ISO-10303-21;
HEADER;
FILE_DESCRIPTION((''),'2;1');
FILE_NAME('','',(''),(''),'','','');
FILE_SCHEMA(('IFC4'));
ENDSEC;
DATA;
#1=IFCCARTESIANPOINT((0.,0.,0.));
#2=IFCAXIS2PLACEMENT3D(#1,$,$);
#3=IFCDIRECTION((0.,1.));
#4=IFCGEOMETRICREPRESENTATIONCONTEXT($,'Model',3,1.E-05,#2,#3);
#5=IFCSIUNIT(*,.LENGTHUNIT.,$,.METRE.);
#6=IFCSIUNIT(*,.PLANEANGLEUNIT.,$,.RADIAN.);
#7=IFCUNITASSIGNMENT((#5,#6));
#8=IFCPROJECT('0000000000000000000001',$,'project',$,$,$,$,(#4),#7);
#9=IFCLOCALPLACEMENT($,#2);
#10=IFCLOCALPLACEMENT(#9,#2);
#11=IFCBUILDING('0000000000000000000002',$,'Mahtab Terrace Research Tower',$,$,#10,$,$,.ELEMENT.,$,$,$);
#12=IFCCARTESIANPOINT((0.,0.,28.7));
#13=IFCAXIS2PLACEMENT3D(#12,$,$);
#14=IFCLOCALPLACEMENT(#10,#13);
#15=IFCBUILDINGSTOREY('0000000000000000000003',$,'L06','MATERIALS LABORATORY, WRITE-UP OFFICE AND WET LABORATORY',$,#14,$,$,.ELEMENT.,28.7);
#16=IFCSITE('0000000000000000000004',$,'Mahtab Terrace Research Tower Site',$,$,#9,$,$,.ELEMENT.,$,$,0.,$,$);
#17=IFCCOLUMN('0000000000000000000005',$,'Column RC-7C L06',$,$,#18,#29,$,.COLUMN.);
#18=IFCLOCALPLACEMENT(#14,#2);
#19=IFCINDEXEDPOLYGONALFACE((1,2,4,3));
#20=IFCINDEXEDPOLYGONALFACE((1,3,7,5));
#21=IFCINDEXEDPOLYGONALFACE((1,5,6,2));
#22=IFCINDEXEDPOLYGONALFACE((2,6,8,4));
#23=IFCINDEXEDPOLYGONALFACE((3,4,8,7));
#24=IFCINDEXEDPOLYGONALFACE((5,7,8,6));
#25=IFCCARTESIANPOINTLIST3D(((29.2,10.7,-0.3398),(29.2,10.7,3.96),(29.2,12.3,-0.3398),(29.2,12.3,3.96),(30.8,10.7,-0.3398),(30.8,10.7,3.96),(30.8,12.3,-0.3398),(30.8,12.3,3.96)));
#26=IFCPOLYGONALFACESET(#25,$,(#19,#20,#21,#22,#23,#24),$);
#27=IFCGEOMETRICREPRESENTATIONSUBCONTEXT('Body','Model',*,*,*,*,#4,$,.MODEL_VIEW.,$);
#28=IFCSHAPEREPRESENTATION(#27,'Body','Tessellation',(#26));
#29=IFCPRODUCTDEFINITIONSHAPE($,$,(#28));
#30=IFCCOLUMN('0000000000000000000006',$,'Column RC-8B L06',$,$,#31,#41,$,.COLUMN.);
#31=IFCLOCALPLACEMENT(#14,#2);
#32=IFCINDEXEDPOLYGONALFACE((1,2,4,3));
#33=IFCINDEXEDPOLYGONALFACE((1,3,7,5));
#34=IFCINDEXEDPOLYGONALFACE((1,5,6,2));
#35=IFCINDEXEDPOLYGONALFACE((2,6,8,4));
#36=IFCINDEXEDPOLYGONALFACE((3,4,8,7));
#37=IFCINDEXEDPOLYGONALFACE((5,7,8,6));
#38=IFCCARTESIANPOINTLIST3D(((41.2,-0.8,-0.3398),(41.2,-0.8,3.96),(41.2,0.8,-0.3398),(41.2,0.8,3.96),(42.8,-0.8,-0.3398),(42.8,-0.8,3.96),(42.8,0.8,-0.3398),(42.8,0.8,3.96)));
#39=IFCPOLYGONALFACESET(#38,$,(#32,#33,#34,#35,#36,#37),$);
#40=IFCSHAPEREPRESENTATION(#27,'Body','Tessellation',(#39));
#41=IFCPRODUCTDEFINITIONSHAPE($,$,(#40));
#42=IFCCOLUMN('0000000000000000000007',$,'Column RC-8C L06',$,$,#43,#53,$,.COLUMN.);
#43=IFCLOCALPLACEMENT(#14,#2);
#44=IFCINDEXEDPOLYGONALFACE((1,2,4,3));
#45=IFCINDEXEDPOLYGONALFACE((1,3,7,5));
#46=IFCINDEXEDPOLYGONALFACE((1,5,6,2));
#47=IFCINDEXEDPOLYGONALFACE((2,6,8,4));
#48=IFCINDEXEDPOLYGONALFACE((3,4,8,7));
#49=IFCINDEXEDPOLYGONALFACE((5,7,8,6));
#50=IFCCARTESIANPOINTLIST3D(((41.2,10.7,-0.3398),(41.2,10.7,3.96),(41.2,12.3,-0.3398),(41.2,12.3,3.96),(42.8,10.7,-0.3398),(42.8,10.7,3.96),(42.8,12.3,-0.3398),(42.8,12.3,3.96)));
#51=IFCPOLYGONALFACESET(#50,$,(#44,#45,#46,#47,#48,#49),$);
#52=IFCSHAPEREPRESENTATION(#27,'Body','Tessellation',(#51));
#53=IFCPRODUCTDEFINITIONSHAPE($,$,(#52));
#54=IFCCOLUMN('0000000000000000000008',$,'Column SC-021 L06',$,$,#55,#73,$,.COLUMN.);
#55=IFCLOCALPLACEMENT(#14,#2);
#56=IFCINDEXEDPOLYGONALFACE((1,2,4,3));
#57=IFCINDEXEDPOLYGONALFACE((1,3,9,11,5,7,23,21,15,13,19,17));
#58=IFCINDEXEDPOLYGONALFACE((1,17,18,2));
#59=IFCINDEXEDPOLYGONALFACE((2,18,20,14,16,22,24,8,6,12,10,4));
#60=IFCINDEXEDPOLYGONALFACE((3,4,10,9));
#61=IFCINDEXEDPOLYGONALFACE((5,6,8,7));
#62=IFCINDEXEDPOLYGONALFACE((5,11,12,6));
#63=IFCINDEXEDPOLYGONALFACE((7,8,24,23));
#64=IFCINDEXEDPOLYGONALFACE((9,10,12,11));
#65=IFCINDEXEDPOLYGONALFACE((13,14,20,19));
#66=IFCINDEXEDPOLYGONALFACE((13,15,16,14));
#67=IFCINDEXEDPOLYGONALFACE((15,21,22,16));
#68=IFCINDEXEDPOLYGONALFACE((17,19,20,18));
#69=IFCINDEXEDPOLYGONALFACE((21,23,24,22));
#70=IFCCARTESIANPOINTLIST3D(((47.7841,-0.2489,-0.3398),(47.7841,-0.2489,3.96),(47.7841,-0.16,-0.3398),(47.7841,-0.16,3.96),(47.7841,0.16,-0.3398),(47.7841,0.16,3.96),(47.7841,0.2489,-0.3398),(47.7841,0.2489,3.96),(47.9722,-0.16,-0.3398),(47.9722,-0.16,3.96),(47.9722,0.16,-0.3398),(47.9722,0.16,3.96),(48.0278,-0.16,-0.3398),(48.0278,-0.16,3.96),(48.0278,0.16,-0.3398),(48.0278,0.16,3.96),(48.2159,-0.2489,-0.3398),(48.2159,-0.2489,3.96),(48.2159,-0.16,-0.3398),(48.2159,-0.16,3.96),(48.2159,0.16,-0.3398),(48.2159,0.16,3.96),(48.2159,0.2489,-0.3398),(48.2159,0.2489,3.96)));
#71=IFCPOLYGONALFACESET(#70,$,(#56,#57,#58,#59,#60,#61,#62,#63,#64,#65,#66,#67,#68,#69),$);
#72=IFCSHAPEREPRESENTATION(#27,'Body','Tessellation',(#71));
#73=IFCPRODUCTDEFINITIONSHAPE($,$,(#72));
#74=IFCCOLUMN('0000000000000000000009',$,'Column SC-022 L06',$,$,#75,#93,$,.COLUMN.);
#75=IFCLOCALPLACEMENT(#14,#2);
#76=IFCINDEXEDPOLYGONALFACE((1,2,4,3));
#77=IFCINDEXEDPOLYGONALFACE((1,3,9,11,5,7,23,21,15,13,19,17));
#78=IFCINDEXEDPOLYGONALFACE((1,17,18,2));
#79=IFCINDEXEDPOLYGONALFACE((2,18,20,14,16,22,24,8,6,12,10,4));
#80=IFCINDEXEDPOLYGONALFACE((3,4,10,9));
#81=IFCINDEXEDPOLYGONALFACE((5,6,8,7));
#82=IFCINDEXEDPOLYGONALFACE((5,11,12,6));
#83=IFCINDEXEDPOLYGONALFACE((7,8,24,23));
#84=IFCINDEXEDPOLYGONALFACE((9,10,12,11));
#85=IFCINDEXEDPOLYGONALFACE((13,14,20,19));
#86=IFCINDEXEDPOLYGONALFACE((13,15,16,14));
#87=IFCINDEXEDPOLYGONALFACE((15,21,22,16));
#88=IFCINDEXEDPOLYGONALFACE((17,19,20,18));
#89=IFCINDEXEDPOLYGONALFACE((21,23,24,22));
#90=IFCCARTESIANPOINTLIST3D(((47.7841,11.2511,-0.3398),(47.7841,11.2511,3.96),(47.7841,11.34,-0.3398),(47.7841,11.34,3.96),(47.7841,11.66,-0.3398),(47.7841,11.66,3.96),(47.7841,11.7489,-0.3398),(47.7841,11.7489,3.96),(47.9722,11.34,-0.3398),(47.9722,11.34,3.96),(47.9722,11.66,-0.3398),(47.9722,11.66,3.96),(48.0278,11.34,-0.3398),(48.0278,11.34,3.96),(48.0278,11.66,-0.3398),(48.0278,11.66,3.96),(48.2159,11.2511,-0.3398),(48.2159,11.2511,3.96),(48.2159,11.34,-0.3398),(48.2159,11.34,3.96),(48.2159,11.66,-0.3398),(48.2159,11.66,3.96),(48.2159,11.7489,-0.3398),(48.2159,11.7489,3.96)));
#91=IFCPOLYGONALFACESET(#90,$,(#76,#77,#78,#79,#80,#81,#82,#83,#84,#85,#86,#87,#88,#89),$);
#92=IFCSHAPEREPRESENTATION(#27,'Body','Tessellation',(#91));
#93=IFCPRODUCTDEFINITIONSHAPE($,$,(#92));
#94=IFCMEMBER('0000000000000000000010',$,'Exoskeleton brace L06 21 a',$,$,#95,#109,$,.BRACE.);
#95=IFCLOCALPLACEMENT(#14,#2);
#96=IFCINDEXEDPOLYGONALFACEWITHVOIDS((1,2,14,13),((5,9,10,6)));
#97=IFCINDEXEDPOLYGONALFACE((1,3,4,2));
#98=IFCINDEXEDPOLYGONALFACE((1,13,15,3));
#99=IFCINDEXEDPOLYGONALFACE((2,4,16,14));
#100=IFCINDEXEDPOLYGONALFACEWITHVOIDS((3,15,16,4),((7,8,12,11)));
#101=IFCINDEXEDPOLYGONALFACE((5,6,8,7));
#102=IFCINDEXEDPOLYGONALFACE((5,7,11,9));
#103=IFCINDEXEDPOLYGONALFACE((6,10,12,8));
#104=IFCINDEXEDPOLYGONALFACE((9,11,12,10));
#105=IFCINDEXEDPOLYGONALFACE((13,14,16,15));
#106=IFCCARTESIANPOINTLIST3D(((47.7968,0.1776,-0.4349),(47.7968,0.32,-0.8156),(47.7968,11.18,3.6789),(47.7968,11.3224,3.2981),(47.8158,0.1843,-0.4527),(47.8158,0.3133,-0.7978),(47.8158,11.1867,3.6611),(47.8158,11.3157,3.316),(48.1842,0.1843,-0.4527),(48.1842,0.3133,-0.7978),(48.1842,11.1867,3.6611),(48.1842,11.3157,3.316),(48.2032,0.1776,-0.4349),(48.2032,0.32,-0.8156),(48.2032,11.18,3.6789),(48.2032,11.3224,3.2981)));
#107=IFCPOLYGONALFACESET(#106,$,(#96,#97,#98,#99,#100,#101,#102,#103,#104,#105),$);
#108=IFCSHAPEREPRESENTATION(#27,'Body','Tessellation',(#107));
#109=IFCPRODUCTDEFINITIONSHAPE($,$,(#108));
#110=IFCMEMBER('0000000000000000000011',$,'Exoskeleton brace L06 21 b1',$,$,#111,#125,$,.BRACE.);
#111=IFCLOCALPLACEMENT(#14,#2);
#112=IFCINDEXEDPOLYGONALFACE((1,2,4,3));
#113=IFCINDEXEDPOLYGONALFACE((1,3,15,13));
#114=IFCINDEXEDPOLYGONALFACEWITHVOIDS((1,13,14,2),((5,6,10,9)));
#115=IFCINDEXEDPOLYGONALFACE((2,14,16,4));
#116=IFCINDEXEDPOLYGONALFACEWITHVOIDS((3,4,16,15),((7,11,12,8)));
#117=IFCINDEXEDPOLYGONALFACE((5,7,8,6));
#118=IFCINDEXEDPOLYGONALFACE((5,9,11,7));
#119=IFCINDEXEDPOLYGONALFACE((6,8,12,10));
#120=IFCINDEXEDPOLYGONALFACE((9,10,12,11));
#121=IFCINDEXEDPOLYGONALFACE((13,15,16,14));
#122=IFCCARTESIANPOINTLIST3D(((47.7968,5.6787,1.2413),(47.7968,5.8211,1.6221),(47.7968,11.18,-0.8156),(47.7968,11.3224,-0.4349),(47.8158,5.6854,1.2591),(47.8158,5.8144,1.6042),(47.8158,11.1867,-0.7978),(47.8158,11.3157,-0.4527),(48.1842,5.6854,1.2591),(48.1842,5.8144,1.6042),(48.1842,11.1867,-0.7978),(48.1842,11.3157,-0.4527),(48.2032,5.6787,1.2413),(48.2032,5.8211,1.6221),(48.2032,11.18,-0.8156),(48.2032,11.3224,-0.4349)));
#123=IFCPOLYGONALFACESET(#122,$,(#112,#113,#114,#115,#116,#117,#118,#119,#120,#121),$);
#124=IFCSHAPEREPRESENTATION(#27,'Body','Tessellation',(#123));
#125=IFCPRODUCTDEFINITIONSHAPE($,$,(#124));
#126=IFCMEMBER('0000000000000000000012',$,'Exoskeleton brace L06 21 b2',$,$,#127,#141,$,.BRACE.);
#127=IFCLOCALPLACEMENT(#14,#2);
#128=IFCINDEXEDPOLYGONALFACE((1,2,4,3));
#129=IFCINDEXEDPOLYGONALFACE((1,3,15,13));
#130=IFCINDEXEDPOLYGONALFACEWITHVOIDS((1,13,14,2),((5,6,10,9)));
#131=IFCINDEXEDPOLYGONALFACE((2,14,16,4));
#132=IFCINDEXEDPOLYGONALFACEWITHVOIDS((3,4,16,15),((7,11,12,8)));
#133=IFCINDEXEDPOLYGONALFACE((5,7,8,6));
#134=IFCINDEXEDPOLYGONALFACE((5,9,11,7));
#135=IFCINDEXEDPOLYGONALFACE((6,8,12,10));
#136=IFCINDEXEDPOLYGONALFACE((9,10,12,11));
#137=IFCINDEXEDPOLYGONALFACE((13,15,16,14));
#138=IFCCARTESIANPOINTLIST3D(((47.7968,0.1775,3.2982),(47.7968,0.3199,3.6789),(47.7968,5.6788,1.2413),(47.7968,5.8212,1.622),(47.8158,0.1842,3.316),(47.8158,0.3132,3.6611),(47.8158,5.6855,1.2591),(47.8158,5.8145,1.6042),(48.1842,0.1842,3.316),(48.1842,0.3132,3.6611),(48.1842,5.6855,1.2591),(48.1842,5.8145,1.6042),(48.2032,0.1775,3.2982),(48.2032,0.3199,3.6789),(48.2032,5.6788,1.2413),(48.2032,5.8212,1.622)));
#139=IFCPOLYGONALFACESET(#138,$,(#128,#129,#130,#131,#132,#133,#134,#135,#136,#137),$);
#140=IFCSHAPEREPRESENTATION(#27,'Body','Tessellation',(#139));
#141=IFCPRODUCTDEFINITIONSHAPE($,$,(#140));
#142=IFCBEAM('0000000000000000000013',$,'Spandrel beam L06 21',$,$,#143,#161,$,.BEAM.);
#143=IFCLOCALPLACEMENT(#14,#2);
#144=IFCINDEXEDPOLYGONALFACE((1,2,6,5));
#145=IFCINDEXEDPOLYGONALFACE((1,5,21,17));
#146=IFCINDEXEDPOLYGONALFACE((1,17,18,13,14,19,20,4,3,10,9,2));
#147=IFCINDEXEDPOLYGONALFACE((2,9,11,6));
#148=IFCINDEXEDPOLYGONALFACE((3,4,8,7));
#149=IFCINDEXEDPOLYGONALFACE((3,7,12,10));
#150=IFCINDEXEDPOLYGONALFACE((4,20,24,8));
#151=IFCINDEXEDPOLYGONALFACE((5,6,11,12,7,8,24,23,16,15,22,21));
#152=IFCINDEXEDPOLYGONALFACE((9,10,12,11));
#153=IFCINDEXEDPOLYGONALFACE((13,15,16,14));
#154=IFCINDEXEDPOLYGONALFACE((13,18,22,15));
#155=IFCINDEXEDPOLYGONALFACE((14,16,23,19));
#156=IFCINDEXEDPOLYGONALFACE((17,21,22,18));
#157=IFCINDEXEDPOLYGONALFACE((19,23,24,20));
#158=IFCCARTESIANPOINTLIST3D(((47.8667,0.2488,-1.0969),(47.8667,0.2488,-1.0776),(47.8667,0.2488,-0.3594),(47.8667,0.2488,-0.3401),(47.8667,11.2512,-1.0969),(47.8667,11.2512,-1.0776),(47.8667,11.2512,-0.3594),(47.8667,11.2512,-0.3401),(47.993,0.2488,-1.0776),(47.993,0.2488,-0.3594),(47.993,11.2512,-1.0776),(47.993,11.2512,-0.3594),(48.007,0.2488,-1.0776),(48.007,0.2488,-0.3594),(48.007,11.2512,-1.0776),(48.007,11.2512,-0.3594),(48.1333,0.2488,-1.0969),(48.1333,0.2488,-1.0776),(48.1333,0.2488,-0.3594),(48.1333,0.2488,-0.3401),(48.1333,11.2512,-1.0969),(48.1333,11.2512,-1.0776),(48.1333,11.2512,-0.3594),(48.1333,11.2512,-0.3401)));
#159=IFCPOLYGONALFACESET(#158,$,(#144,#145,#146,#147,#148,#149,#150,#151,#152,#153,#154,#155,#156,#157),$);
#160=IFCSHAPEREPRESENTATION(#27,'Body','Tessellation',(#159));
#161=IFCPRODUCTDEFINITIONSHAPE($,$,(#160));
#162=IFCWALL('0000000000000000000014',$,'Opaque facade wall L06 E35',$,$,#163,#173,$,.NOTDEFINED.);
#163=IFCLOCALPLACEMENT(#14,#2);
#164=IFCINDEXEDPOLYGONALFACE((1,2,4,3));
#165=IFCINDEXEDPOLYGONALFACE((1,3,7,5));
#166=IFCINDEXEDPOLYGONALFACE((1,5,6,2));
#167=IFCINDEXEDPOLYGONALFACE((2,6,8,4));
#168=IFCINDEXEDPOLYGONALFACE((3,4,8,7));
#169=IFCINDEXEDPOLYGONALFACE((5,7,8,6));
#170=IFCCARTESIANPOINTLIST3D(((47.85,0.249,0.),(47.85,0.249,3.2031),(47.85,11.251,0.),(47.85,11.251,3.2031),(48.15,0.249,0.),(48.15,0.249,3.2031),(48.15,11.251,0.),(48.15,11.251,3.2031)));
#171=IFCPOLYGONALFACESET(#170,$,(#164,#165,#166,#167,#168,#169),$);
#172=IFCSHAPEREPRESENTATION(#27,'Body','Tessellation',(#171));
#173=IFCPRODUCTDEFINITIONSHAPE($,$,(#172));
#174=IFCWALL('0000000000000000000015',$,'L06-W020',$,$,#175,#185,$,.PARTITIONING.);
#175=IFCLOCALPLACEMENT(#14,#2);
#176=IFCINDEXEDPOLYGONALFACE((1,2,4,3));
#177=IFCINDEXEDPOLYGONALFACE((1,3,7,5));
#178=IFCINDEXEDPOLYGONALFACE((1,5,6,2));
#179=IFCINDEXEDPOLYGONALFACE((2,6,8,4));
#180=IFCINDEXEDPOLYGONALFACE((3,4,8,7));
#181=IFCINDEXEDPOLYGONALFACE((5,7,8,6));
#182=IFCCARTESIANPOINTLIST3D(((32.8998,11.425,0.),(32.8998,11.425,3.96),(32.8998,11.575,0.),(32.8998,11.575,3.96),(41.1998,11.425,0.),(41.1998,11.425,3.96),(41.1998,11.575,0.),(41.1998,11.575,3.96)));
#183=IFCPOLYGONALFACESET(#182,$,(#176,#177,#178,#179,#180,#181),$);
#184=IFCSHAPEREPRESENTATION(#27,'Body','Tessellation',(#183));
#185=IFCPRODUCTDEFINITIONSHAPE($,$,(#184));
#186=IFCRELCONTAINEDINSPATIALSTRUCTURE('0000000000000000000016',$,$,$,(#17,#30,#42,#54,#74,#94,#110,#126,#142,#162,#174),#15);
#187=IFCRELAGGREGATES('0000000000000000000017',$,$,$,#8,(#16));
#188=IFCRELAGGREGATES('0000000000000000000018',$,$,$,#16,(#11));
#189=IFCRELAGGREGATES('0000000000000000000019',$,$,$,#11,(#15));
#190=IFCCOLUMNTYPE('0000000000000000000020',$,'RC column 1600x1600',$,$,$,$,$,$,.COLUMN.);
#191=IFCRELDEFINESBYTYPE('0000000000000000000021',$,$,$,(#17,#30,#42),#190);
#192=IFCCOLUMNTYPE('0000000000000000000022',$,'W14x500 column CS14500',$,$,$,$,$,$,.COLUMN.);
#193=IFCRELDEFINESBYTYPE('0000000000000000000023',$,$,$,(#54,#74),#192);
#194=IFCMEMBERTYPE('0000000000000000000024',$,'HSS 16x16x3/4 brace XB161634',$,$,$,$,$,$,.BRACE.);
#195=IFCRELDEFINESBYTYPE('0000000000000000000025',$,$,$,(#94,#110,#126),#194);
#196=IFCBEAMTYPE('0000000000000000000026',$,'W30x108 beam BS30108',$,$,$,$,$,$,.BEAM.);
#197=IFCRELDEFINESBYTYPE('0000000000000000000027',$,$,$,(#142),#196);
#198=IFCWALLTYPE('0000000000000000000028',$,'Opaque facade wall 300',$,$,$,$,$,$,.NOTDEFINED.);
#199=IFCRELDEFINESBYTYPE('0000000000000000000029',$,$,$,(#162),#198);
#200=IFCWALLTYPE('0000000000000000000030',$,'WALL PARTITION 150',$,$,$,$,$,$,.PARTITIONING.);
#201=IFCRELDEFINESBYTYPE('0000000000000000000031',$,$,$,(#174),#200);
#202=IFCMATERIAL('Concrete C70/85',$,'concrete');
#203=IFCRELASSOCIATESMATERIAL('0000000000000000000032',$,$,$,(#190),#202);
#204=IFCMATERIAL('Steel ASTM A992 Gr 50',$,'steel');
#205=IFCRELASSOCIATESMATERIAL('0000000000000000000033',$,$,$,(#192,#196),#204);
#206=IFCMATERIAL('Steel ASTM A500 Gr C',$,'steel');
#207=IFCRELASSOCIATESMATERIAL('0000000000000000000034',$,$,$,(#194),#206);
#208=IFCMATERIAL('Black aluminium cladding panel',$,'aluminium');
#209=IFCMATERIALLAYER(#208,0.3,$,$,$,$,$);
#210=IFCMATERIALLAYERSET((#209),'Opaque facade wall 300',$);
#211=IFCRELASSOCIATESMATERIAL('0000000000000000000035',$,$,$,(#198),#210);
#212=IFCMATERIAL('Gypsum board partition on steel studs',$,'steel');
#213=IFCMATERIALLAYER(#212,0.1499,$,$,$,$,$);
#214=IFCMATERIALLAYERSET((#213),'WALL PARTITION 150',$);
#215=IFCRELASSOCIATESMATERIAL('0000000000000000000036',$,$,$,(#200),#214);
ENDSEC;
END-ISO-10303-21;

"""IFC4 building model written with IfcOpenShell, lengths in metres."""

from ifc_helpers import new_model, si_unit, direction, frame, frame_2d, origin, origin_2d, place, context, subcontext, project, spatial, rectangle, hollow_rectangle, i_section, extrude, material, layer, layer_set, material_profile, profile_set, type_object, element, save


model = new_model("IFC4")

# Units and contexts
model_context = context("Model", 3, precision=1e-05, world=origin(), true_north=direction((0.0, 1.0)))
body_context = subcontext(model_context, "Body", "Model", "MODEL_VIEW")
ifc_project = project(units=[si_unit("LENGTHUNIT", "METRE"), si_unit("PLANEANGLEUNIT", "RADIAN")], contexts=[model_context])

# Site, building, storey
site_placement = place(None, origin())
site = spatial("IfcSite", under=ifc_project, at=site_placement, Name="Mahtab Terrace Research Tower Site", CompositionType="ELEMENT", RefElevation=0.0)
building_placement = place(site_placement, origin())
building = spatial("IfcBuilding", under=site, at=building_placement, Name="Mahtab Terrace Research Tower", CompositionType="ELEMENT")
storey_placement = place(building_placement, frame((0.0, 0.0, 28.7)))
storey = spatial("IfcBuildingStorey", under=building, at=storey_placement, Name="L06", Description="MATERIALS LABORATORY, WRITE-UP OFFICE AND WET LABORATORY", CompositionType="ELEMENT", Elevation=28.7)

# Columns
ifc_material_1 = material(Name="Concrete C70/85", Category="concrete")
ifc_material_profile_1 = material_profile(ifc_material_1, rectangle(XDim=1.6001, YDim=1.6001, at=origin_2d()), Name="RC column 1600x1600")
ifc_profile_set_1 = profile_set([ifc_material_profile_1], Name="Concrete C70/85")
column_type_1 = type_object("IfcColumnType", Name="RC column 1600x1600", PredefinedType="COLUMN", material=ifc_profile_set_1)
for number, where, z_axis, x_axis, name in (
    (1, (30.0, 11.5, -0.3398), (0.0, 0.0, 1.0), (1.0, 0.0, 0.0), "Column RC-7C L06"),
    (2, (42.0, 0.0, -0.3398), (0.0, 0.0, 1.0), (1.0, 0.0, 0.0), "Column RC-8B L06"),
    (3, (42.0, 11.5, -0.3398), (0.0, 0.0, 1.0), (1.0, 0.0, 0.0), "Column RC-8C L06"),
):
    element("IfcColumn", number, at=place(storey_placement, frame(where, z_axis=z_axis, x_axis=x_axis)), inside=storey, type_object=column_type_1, Name=name, PredefinedType="COLUMN", context=body_context, shape_type="SweptSolid", body=[
        extrude(rectangle(XDim=1.6001, YDim=1.6001, at=origin_2d()), origin(), (0.0, 0.0, 1.0), 4.2998),
    ])
ifc_material_2 = material(Name="Steel ASTM A992 Gr 50", Category="steel")
ifc_material_profile_2 = material_profile(ifc_material_2, i_section(OverallWidth=0.4319, OverallDepth=0.4978, WebThickness=0.0557, FlangeThickness=0.0889, at=origin_2d()), Name="W14X500")
ifc_profile_set_2 = profile_set([ifc_material_profile_2], Name="Steel ASTM A992 Gr 50")
column_type_2 = type_object("IfcColumnType", Name="W14x500 column CS14500", PredefinedType="COLUMN", material=ifc_profile_set_2)
for number, where, z_axis, x_axis, name in (
    (4, (48.0, 0.0, -0.3398), (0.0, 0.0, 1.0), (1.0, 0.0, 0.0), "Column SC-021 L06"),
    (5, (48.0, 11.5, -0.3398), (0.0, 0.0, 1.0), (1.0, 0.0, 0.0), "Column SC-022 L06"),
):
    element("IfcColumn", number, at=place(storey_placement, frame(where, z_axis=z_axis, x_axis=x_axis)), inside=storey, type_object=column_type_2, Name=name, PredefinedType="COLUMN", context=body_context, shape_type="SweptSolid", body=[
        extrude(i_section(OverallWidth=0.4319, OverallDepth=0.4978, WebThickness=0.0557, FlangeThickness=0.0889, at=origin_2d()), origin(), (0.0, 0.0, 1.0), 4.2998),
    ])

# Members
ifc_material_3 = material(Name="Steel ASTM A500 Gr C", Category="steel")
ifc_material_profile_3 = material_profile(ifc_material_3, hollow_rectangle(XDim=0.4065, YDim=0.4065, WallThickness=0.019, at=origin_2d()), Name="HSS16X16X3/4")
ifc_profile_set_3 = profile_set([ifc_material_profile_3], Name="Steel ASTM A500 Gr C")
member_type = type_object("IfcMemberType", Name="HSS 16x16x3/4 brace XB161634", PredefinedType="BRACE", material=ifc_profile_set_3)
member_placement = place(storey_placement, frame((48.0, 0.2488, -0.6252), z_axis=(0.0, 0.936669, 0.350217), x_axis=(-1.0, 0.0, 0.0)))
element("IfcMember", 6, at=member_placement, inside=storey, type_object=member_type, Name="Exoskeleton brace L06 21 a", PredefinedType="BRACE", context=body_context, shape_type="SweptSolid", body=[
    extrude(hollow_rectangle(XDim=0.4065, YDim=0.4065, WallThickness=0.019, at=origin_2d()), origin(), (0.0, 0.0, 1.0), 11.7463),
])
for number, where, z_axis, x_axis, name in (
    (7, (48.0, 11.2512, -0.6252), (0.0, -0.936669, 0.350217), (1.0, 0.0, 0.0), "Exoskeleton brace L06 21 b1"),
    (8, (48.0, 5.75, 1.4316), (0.0, -0.936669, 0.350217), (1.0, 0.0, 0.0), "Exoskeleton brace L06 21 b2"),
):
    element("IfcMember", number, at=place(storey_placement, frame(where, z_axis=z_axis, x_axis=x_axis)), inside=storey, type_object=member_type, Name=name, PredefinedType="BRACE", context=body_context, shape_type="SweptSolid", body=[
        extrude(hollow_rectangle(XDim=0.4065, YDim=0.4065, WallThickness=0.019, at=origin_2d()), origin(), (0.0, 0.0, 1.0), 5.8733),
    ])

# Beam
ifc_material_profile_4 = material_profile(ifc_material_2, i_section(OverallWidth=0.2666, OverallDepth=0.7568, WebThickness=0.0139, FlangeThickness=0.0193, at=origin_2d()), Name="W30X108")
ifc_profile_set_4 = profile_set([ifc_material_profile_4], Name="Steel ASTM A992 Gr 50")
beam_type = type_object("IfcBeamType", Name="W30x108 beam BS30108", PredefinedType="BEAM", material=ifc_profile_set_4)
beam_placement = place(storey_placement, frame((48.0, 0.2488, -0.7185), z_axis=(0.0, 1.0, 0.0), x_axis=(-1.0, 0.0, 0.0)))
element("IfcBeam", 9, at=beam_placement, inside=storey, type_object=beam_type, Name="Spandrel beam L06 21", PredefinedType="BEAM", context=body_context, shape_type="SweptSolid", body=[
    extrude(i_section(OverallWidth=0.2666, OverallDepth=0.7568, WebThickness=0.0139, FlangeThickness=0.0193, at=origin_2d()), origin(), (0.0, 0.0, 1.0), 11.0024),
])

# Walls
ifc_material_4 = material(Name="Black aluminium cladding panel", Category="aluminium")
ifc_layer_1 = layer(ifc_material_4, 0.3)
ifc_layer_set_1 = layer_set([ifc_layer_1], Name="Opaque facade wall 300")
wall_type_1 = type_object("IfcWallType", Name="Opaque facade wall 300", PredefinedType="NOTDEFINED", material=ifc_layer_set_1)
wall_1_placement = place(storey_placement, frame((48.0, 0.249, 0.0), z_axis=(0.0, 0.0, 1.0), x_axis=(0.0, 1.0, 0.0)))
element("IfcWall", 10, at=wall_1_placement, inside=storey, type_object=wall_type_1, Name="Opaque facade wall L06 E35", PredefinedType="NOTDEFINED", context=body_context, shape_type="SweptSolid", body=[
    extrude(rectangle(XDim=11.002, YDim=0.3, at=frame_2d((5.501, 0.0))), origin(), (0.0, 0.0, 1.0), 3.2031),
])
ifc_material_5 = material(Name="Gypsum board partition on steel studs", Category="steel")
ifc_layer_2 = layer(ifc_material_5, 0.1499)
ifc_layer_set_2 = layer_set([ifc_layer_2], Name="WALL PARTITION 150")
wall_type_2 = type_object("IfcWallType", Name="WALL PARTITION 150", PredefinedType="PARTITIONING", material=ifc_layer_set_2)
wall_2_placement = place(storey_placement, frame((32.8999, 11.5, 0.0), z_axis=(0.0, 0.0, 1.0), x_axis=(1.0, 0.0, 0.0)))
element("IfcWall", 11, at=wall_2_placement, inside=storey, type_object=wall_type_2, Name="L06-W020", PredefinedType="PARTITIONING", context=body_context, shape_type="SweptSolid", body=[
    extrude(rectangle(XDim=8.3, YDim=0.1499, at=frame_2d((4.1499, 0.0))), origin(), (0.0, 0.0, 1.0), 3.96),
])

save(model, "model.ifc")
